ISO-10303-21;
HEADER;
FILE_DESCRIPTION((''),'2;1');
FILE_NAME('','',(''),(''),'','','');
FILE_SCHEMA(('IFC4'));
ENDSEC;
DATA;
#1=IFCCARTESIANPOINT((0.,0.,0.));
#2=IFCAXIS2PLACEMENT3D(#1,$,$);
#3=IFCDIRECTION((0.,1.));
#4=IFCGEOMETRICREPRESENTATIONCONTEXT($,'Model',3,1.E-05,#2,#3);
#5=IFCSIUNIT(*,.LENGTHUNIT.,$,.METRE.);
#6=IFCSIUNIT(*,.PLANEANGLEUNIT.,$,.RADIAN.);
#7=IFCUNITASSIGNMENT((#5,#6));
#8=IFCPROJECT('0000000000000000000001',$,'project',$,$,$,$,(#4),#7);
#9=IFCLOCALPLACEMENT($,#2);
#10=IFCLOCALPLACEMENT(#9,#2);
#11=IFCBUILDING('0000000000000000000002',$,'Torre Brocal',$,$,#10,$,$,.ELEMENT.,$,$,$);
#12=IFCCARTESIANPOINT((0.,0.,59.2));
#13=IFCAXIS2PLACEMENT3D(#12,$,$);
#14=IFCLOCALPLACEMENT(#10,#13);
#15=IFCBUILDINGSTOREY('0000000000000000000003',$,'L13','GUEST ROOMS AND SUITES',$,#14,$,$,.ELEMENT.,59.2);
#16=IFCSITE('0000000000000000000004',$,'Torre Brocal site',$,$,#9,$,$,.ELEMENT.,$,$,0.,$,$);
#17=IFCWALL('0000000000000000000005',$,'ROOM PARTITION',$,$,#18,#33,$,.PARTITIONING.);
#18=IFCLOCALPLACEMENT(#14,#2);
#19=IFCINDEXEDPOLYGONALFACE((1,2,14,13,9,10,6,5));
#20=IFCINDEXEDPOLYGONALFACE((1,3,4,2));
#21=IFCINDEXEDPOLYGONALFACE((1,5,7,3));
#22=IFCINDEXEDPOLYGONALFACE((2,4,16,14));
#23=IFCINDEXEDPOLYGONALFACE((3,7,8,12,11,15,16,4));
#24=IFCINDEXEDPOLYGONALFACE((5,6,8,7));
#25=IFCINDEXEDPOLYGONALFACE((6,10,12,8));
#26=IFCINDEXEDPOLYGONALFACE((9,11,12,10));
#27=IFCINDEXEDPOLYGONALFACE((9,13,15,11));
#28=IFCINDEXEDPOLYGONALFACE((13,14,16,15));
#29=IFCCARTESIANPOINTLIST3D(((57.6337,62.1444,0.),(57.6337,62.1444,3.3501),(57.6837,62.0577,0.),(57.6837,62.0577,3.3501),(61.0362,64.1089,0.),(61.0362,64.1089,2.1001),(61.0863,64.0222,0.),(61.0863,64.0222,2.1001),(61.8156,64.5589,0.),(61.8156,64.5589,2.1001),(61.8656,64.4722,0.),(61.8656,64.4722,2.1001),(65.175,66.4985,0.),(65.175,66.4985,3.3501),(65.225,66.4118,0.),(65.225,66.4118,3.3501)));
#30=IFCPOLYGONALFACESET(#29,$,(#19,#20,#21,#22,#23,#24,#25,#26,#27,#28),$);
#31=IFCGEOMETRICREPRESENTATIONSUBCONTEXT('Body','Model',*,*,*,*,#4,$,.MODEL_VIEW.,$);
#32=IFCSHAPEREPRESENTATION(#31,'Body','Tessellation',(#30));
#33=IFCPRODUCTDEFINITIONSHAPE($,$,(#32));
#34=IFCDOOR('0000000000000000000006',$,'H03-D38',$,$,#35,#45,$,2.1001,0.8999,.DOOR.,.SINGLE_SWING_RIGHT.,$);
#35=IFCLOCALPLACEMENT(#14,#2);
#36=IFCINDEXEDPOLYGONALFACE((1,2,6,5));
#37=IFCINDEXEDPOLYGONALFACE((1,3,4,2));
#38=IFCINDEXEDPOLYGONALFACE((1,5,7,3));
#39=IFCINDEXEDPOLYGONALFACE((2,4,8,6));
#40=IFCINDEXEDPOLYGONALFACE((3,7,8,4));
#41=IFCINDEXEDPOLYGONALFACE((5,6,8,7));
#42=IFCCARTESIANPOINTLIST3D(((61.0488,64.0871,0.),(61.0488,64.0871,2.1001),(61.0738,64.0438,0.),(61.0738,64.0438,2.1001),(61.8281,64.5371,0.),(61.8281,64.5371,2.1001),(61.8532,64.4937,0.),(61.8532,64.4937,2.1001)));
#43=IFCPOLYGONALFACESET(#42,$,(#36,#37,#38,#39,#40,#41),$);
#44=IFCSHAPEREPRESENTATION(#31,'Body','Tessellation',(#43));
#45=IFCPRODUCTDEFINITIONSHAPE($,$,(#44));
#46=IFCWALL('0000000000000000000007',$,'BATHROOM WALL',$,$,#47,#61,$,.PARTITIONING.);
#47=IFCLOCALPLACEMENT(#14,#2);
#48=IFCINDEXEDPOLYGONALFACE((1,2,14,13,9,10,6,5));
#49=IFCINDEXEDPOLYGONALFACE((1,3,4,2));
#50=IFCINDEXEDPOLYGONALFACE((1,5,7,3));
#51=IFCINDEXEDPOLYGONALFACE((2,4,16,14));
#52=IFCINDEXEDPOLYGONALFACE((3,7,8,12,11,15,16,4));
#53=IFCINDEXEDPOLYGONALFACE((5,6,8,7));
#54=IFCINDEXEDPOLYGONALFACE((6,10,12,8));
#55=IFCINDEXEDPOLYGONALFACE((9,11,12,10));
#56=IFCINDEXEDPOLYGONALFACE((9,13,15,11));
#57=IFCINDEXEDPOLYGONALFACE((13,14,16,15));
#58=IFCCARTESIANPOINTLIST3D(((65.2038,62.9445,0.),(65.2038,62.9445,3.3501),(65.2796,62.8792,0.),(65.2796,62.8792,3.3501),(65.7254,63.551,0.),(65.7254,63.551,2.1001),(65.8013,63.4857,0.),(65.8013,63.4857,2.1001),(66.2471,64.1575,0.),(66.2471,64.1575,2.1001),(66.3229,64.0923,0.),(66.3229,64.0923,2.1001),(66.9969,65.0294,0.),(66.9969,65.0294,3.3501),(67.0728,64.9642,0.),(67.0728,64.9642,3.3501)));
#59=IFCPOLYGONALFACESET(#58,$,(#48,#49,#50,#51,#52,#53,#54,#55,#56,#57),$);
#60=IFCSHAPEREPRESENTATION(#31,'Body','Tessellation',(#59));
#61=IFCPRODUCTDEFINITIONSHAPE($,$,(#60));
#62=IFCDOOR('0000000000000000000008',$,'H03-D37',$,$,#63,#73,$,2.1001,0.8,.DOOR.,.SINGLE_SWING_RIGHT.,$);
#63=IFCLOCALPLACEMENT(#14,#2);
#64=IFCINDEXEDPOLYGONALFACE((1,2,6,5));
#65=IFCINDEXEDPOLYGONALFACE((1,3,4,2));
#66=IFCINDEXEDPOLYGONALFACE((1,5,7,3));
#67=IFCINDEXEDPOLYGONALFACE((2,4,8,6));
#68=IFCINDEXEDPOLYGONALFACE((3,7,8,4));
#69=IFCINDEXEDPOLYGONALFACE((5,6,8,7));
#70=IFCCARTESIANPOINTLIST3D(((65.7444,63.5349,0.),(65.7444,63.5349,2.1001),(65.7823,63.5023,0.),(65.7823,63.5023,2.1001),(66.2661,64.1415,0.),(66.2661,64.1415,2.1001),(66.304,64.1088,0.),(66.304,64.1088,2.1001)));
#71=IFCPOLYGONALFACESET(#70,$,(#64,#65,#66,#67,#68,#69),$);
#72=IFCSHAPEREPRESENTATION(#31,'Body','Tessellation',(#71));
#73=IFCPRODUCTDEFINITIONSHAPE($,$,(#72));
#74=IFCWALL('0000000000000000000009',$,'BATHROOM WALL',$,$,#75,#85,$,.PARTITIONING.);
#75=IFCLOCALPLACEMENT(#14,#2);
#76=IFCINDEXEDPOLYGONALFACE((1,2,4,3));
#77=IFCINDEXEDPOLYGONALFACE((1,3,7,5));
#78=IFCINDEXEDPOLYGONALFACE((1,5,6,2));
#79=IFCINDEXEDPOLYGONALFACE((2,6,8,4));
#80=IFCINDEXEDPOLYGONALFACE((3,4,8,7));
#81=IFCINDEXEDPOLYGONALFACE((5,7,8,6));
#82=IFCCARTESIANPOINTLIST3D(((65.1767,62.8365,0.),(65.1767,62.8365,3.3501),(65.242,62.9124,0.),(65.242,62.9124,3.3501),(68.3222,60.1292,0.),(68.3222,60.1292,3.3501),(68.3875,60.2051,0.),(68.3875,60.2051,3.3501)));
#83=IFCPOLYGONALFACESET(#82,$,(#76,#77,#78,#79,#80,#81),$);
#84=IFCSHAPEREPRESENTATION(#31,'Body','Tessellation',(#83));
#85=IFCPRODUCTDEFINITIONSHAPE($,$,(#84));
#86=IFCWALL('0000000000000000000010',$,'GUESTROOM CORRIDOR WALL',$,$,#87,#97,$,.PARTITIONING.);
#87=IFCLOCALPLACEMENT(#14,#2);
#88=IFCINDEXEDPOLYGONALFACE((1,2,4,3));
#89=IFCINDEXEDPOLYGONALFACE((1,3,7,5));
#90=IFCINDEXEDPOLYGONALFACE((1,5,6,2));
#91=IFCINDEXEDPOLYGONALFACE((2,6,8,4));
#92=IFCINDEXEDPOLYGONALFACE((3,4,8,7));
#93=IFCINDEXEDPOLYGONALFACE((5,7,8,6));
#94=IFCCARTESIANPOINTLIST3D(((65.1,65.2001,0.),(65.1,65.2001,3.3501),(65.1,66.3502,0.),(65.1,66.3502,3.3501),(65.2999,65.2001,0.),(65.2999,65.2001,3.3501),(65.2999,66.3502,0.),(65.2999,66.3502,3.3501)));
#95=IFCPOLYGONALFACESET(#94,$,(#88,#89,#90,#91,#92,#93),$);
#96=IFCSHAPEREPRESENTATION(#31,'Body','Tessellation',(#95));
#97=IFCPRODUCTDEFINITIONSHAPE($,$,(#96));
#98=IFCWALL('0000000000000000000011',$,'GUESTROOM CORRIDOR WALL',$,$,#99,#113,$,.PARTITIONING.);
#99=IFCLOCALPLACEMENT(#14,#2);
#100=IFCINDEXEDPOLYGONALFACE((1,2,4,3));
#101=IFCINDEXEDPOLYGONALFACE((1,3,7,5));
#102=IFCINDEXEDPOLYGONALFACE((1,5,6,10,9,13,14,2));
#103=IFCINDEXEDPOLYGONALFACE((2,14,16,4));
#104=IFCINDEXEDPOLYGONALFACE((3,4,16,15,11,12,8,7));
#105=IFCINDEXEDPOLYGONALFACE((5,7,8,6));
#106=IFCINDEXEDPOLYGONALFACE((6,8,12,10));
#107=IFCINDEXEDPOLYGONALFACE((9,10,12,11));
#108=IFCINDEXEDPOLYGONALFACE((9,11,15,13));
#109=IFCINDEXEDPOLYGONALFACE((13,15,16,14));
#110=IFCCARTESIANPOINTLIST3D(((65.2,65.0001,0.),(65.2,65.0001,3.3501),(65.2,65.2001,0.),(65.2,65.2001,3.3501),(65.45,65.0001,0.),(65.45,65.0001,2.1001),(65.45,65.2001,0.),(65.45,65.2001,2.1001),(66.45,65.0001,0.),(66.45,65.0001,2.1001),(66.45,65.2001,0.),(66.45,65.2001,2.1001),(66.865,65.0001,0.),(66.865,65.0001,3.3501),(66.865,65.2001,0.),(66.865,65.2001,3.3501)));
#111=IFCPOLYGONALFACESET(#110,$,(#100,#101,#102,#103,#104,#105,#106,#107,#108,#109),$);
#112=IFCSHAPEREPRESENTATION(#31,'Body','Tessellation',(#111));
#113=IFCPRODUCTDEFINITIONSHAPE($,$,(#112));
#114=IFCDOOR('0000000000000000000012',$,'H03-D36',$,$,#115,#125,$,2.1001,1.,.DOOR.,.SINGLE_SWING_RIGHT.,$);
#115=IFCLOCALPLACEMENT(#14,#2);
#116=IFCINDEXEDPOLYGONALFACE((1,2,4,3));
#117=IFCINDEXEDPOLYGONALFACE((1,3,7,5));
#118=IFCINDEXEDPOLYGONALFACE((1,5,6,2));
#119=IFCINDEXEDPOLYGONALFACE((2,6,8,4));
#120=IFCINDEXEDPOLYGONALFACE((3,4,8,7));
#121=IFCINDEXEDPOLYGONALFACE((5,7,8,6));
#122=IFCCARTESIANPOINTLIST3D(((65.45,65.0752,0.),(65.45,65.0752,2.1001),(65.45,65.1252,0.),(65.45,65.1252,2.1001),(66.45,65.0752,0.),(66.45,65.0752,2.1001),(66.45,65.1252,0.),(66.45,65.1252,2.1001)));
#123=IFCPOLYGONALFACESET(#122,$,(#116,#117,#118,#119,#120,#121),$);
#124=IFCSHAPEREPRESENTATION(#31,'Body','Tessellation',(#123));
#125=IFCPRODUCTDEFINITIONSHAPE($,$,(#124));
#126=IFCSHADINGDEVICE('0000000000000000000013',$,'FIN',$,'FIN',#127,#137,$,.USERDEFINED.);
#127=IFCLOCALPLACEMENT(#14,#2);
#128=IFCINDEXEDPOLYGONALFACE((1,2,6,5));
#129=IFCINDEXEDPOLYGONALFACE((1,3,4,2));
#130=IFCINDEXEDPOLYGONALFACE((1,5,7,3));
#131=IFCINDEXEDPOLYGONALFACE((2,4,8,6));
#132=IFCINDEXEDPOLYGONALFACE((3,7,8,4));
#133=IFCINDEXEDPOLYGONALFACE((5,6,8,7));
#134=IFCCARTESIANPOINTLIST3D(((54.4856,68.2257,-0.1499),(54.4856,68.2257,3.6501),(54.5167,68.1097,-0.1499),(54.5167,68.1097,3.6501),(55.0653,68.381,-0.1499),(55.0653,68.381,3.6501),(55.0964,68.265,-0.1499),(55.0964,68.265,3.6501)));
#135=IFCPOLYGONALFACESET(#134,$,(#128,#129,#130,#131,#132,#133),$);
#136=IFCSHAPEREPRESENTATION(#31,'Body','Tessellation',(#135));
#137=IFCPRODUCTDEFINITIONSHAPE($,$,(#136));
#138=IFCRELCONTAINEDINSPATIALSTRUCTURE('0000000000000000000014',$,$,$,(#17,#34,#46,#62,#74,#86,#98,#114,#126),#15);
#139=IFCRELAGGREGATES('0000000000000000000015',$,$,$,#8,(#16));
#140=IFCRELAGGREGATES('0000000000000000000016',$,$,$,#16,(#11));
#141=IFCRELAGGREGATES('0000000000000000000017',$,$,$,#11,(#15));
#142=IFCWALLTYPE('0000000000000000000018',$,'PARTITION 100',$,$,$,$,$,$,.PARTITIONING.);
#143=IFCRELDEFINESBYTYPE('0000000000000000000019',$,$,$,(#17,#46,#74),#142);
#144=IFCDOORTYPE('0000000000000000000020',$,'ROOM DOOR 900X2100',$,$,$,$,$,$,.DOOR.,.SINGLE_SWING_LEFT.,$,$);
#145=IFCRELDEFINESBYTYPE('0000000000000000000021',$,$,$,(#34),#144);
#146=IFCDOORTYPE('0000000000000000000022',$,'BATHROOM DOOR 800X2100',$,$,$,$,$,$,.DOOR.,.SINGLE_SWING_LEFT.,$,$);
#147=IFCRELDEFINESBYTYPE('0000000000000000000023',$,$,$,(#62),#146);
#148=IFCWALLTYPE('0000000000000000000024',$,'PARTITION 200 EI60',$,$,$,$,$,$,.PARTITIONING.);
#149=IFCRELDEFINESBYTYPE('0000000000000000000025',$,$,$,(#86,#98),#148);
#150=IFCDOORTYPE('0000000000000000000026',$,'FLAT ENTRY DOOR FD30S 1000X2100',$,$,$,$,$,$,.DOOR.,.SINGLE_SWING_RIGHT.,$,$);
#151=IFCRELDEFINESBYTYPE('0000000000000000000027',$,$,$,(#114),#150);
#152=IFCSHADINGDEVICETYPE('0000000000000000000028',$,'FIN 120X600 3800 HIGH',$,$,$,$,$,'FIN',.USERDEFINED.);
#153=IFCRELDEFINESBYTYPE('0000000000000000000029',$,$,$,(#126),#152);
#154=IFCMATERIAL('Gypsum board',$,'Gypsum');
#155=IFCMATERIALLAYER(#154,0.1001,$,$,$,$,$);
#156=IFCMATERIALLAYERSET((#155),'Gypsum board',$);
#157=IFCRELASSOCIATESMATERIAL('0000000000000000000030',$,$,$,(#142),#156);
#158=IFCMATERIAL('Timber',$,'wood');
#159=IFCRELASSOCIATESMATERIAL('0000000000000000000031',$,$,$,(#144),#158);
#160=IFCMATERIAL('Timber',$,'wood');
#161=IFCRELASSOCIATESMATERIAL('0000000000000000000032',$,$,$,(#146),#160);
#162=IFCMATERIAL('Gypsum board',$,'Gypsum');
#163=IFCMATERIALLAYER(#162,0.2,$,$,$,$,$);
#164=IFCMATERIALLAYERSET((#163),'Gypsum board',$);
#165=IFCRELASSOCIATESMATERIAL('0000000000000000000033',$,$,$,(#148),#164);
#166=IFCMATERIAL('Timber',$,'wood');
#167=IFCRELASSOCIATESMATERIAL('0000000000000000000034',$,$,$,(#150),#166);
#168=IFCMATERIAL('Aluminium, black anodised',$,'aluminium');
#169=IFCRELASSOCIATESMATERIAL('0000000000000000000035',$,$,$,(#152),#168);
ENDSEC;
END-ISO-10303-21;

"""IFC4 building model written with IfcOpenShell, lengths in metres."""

from ifc_helpers import new_model, si_unit, direction, frame, frame_2d, origin, origin_2d, place, context, subcontext, project, spatial, rectangle, extrude, material, layer, layer_set, material_profile, profile_set, type_object, element, fill, save


model = new_model("IFC4")

# Units and contexts
model_context = context("Model", 3, precision=1e-05, world=origin(), true_north=direction((0.0, 1.0)))
body_context = subcontext(model_context, "Body", "Model", "MODEL_VIEW")
ifc_project = project(units=[si_unit("LENGTHUNIT", "METRE"), si_unit("PLANEANGLEUNIT", "RADIAN")], contexts=[model_context])

# Site, building, storey
site_placement = place(None, origin())
site = spatial("IfcSite", under=ifc_project, at=site_placement, Name="Torre Brocal site", CompositionType="ELEMENT", RefElevation=0.0)
building_placement = place(site_placement, origin())
building = spatial("IfcBuilding", under=site, at=building_placement, Name="Torre Brocal", CompositionType="ELEMENT")
storey_placement = place(building_placement, frame((0.0, 0.0, 59.2)))
storey = spatial("IfcBuildingStorey", under=building, at=storey_placement, Name="L13", Description="GUEST ROOMS AND SUITES", CompositionType="ELEMENT", Elevation=59.2)

# Walls, openings, doors
ifc_material_1 = material(Name="Gypsum board", Category="Gypsum")
ifc_layer_1 = layer(ifc_material_1, 0.1001)
ifc_layer_set_1 = layer_set([ifc_layer_1], Name="Gypsum board")
wall_type_1 = type_object("IfcWallType", Name="PARTITION 100", PredefinedType="PARTITIONING", material=ifc_layer_set_1)
wall_1_placement = place(storey_placement, frame((57.6587, 62.1011, 0.0), z_axis=(0.0, 0.0, 1.0), x_axis=(0.866023, 0.500005, 0.0)))
wall_1 = element("IfcWall", 1, at=wall_1_placement, inside=storey, type_object=wall_type_1, Name="ROOM PARTITION", PredefinedType="PARTITIONING", context=body_context, shape_type="SweptSolid", body=[
    extrude(rectangle(XDim=8.708, YDim=0.1001, at=frame_2d((4.354, 0.0))), origin(), (0.0, 0.0, 1.0), 3.3501),
])
opening_1_placement = place(wall_1_placement, frame((3.929, 0.0, 0.0)))
opening_1 = element("IfcOpeningElement", 2, at=opening_1_placement, cuts=wall_1, PredefinedType="OPENING", context=body_context, shape_type="SweptSolid", body=[
    extrude(rectangle(XDim=0.8999, YDim=2.1001, at=frame_2d((0.45, 1.05))), frame((0.0, 0.0601, 0.0), z_axis=(0.0, -1.0, 0.0), x_axis=(1.0, 0.0, 0.0)), (0.0, 0.0, 1.0), 0.1201),
])
ifc_material_2 = material(Name="Timber", Category="wood")
door_type_1 = type_object("IfcDoorType", Name="ROOM DOOR 900X2100", OperationType="SINGLE_SWING_LEFT", PredefinedType="DOOR", material=ifc_material_2)
door_1_placement = place(opening_1_placement, origin())
door_1 = element("IfcDoor", 3, at=door_1_placement, inside=storey, type_object=door_type_1, Name="H03-D38", OperationType="SINGLE_SWING_RIGHT", OverallHeight=2.1001, OverallWidth=0.8999, PredefinedType="DOOR", context=body_context, shape_type="SweptSolid", body=[
    extrude(rectangle(XDim=0.8999, YDim=2.1001, at=frame_2d((0.45, 1.05))), frame((0.0, 0.0249, 0.0), z_axis=(0.0, -1.0, 0.0), x_axis=(1.0, 0.0, 0.0)), (0.0, 0.0, 1.0), 0.05),
])
fill(opening_1, door_1)
wall_2_placement = place(storey_placement, frame((65.2417, 62.9119, 0.0), z_axis=(0.0, 0.0, 1.0), x_axis=(0.65207, 0.758159, 0.0)))
wall_2 = element("IfcWall", 4, at=wall_2_placement, inside=storey, type_object=wall_type_1, Name="BATHROOM WALL", PredefinedType="PARTITIONING", context=body_context, shape_type="SweptSolid", body=[
    extrude(rectangle(XDim=2.75, YDim=0.1001, at=frame_2d((1.375, 0.0))), origin(), (0.0, 0.0, 1.0), 3.3501),
])
opening_2_placement = place(wall_2_placement, frame((0.8, 0.0, 0.0)))
opening_2 = element("IfcOpeningElement", 5, at=opening_2_placement, cuts=wall_2, PredefinedType="OPENING", context=body_context, shape_type="SweptSolid", body=[
    extrude(rectangle(XDim=0.8, YDim=2.1001, at=frame_2d((0.3999, 1.05))), frame((0.0, 0.0601, 0.0), z_axis=(0.0, -1.0, 0.0), x_axis=(1.0, 0.0, 0.0)), (0.0, 0.0, 1.0), 0.1201),
])
ifc_material_3 = material(Name="Timber", Category="wood")
door_type_2 = type_object("IfcDoorType", Name="BATHROOM DOOR 800X2100", OperationType="SINGLE_SWING_LEFT", PredefinedType="DOOR", material=ifc_material_3)
door_2_placement = place(opening_2_placement, frame((0.8, 0.0, 0.0), z_axis=(0.0, 0.0, 1.0), x_axis=(-1.0, 0.0, 0.0)))
door_2 = element("IfcDoor", 6, at=door_2_placement, inside=storey, type_object=door_type_2, Name="H03-D37", OperationType="SINGLE_SWING_RIGHT", OverallHeight=2.1001, OverallWidth=0.8, PredefinedType="DOOR", context=body_context, shape_type="SweptSolid", body=[
    extrude(rectangle(XDim=0.8, YDim=2.1001, at=frame_2d((0.3999, 1.05))), frame((0.0, 0.0249, 0.0), z_axis=(0.0, -1.0, 0.0), x_axis=(1.0, 0.0, 0.0)), (0.0, 0.0, 1.0), 0.05),
])
fill(opening_2, door_2)

# Walls
wall_3_placement = place(storey_placement, frame((65.2092, 62.8745, 0.0), z_axis=(0.0, 0.0, 1.0), x_axis=(0.75793, -0.652335, 0.0)))
element("IfcWall", 7, at=wall_3_placement, inside=storey, type_object=wall_type_1, Name="BATHROOM WALL", PredefinedType="PARTITIONING", context=body_context, shape_type="SweptSolid", body=[
    extrude(rectangle(XDim=4.1501, YDim=0.1001, at=frame_2d((2.0752, 0.0))), origin(), (0.0, 0.0, 1.0), 3.3501),
])
ifc_material_4 = material(Name="Gypsum board", Category="Gypsum")
ifc_layer_2 = layer(ifc_material_4, 0.2)
ifc_layer_set_2 = layer_set([ifc_layer_2], Name="Gypsum board")
wall_type_2 = type_object("IfcWallType", Name="PARTITION 200 EI60", PredefinedType="PARTITIONING", material=ifc_layer_set_2)
wall_4_placement = place(storey_placement, frame((65.2, 65.2, 0.0), z_axis=(0.0, 0.0, 1.0), x_axis=(0.0, 1.0, 0.0)))
element("IfcWall", 8, at=wall_4_placement, inside=storey, type_object=wall_type_2, Name="GUESTROOM CORRIDOR WALL", PredefinedType="PARTITIONING", context=body_context, shape_type="SweptSolid", body=[
    extrude(rectangle(XDim=1.1501, YDim=0.2, at=frame_2d((0.5752, 0.0))), origin(), (0.0, 0.0, 1.0), 3.3501),
])

# Wall, opening, door
wall_5_placement = place(storey_placement, frame((65.2, 65.1001, 0.0), z_axis=(0.0, 0.0, 1.0), x_axis=(1.0, 0.0, 0.0)))
wall_5 = element("IfcWall", 9, at=wall_5_placement, inside=storey, type_object=wall_type_2, Name="GUESTROOM CORRIDOR WALL", PredefinedType="PARTITIONING", context=body_context, shape_type="SweptSolid", body=[
    extrude(rectangle(XDim=1.665, YDim=0.2, at=frame_2d((0.8325, 0.0))), origin(), (0.0, 0.0, 1.0), 3.3501),
])
opening_3_placement = place(wall_5_placement, frame((0.25, 0.0, 0.0)))
opening_3 = element("IfcOpeningElement", 10, at=opening_3_placement, cuts=wall_5, PredefinedType="OPENING", context=body_context, shape_type="SweptSolid", body=[
    extrude(rectangle(XDim=1.0, YDim=2.1001, at=frame_2d((0.5, 1.05))), frame((0.0, 0.1099, 0.0), z_axis=(0.0, -1.0, 0.0), x_axis=(1.0, 0.0, 0.0)), (0.0, 0.0, 1.0), 0.22),
])
ifc_material_5 = material(Name="Timber", Category="wood")
door_type_3 = type_object("IfcDoorType", Name="FLAT ENTRY DOOR FD30S 1000X2100", OperationType="SINGLE_SWING_RIGHT", PredefinedType="DOOR", material=ifc_material_5)
door_3_placement = place(opening_3_placement, frame((1.0, 0.0, 0.0), z_axis=(0.0, 0.0, 1.0), x_axis=(-1.0, 0.0, 0.0)))
door_3 = element("IfcDoor", 11, at=door_3_placement, inside=storey, type_object=door_type_3, Name="H03-D36", OperationType="SINGLE_SWING_RIGHT", OverallHeight=2.1001, OverallWidth=1.0, PredefinedType="DOOR", context=body_context, shape_type="SweptSolid", body=[
    extrude(rectangle(XDim=1.0, YDim=2.1001, at=frame_2d((0.5, 1.05))), frame((0.0, 0.0249, 0.0), z_axis=(0.0, -1.0, 0.0), x_axis=(1.0, 0.0, 0.0)), (0.0, 0.0, 1.0), 0.05),
])
fill(opening_3, door_3)

# Shading device
ifc_material_6 = material(Name="Aluminium, black anodised", Category="aluminium")
ifc_material_profile_1 = material_profile(ifc_material_6, rectangle(XDim=0.1201, YDim=0.6001, at=origin_2d()), Name="FIN 120X600 3800 HIGH")
ifc_profile_set_1 = profile_set([ifc_material_profile_1], Name="Aluminium, black anodised")
shading_device_type = type_object("IfcShadingDeviceType", Name="FIN 120X600 3800 HIGH", ElementType="FIN", PredefinedType="USERDEFINED", material=ifc_profile_set_1)
shading_device_placement = place(storey_placement, frame((54.791, 68.2454, -0.1499), z_axis=(0.0, 0.0, 1.0), x_axis=(0.258819, -0.965926, 0.0)))
element("IfcShadingDevice", 12, at=shading_device_placement, inside=storey, type_object=shading_device_type, Name="FIN", ObjectType="FIN", PredefinedType="USERDEFINED", context=body_context, shape_type="SweptSolid", body=[
    extrude(rectangle(XDim=0.1201, YDim=0.6001, at=origin_2d()), origin(), (0.0, 0.0, 1.0), 3.8),
])

save(model, "model.ifc")
